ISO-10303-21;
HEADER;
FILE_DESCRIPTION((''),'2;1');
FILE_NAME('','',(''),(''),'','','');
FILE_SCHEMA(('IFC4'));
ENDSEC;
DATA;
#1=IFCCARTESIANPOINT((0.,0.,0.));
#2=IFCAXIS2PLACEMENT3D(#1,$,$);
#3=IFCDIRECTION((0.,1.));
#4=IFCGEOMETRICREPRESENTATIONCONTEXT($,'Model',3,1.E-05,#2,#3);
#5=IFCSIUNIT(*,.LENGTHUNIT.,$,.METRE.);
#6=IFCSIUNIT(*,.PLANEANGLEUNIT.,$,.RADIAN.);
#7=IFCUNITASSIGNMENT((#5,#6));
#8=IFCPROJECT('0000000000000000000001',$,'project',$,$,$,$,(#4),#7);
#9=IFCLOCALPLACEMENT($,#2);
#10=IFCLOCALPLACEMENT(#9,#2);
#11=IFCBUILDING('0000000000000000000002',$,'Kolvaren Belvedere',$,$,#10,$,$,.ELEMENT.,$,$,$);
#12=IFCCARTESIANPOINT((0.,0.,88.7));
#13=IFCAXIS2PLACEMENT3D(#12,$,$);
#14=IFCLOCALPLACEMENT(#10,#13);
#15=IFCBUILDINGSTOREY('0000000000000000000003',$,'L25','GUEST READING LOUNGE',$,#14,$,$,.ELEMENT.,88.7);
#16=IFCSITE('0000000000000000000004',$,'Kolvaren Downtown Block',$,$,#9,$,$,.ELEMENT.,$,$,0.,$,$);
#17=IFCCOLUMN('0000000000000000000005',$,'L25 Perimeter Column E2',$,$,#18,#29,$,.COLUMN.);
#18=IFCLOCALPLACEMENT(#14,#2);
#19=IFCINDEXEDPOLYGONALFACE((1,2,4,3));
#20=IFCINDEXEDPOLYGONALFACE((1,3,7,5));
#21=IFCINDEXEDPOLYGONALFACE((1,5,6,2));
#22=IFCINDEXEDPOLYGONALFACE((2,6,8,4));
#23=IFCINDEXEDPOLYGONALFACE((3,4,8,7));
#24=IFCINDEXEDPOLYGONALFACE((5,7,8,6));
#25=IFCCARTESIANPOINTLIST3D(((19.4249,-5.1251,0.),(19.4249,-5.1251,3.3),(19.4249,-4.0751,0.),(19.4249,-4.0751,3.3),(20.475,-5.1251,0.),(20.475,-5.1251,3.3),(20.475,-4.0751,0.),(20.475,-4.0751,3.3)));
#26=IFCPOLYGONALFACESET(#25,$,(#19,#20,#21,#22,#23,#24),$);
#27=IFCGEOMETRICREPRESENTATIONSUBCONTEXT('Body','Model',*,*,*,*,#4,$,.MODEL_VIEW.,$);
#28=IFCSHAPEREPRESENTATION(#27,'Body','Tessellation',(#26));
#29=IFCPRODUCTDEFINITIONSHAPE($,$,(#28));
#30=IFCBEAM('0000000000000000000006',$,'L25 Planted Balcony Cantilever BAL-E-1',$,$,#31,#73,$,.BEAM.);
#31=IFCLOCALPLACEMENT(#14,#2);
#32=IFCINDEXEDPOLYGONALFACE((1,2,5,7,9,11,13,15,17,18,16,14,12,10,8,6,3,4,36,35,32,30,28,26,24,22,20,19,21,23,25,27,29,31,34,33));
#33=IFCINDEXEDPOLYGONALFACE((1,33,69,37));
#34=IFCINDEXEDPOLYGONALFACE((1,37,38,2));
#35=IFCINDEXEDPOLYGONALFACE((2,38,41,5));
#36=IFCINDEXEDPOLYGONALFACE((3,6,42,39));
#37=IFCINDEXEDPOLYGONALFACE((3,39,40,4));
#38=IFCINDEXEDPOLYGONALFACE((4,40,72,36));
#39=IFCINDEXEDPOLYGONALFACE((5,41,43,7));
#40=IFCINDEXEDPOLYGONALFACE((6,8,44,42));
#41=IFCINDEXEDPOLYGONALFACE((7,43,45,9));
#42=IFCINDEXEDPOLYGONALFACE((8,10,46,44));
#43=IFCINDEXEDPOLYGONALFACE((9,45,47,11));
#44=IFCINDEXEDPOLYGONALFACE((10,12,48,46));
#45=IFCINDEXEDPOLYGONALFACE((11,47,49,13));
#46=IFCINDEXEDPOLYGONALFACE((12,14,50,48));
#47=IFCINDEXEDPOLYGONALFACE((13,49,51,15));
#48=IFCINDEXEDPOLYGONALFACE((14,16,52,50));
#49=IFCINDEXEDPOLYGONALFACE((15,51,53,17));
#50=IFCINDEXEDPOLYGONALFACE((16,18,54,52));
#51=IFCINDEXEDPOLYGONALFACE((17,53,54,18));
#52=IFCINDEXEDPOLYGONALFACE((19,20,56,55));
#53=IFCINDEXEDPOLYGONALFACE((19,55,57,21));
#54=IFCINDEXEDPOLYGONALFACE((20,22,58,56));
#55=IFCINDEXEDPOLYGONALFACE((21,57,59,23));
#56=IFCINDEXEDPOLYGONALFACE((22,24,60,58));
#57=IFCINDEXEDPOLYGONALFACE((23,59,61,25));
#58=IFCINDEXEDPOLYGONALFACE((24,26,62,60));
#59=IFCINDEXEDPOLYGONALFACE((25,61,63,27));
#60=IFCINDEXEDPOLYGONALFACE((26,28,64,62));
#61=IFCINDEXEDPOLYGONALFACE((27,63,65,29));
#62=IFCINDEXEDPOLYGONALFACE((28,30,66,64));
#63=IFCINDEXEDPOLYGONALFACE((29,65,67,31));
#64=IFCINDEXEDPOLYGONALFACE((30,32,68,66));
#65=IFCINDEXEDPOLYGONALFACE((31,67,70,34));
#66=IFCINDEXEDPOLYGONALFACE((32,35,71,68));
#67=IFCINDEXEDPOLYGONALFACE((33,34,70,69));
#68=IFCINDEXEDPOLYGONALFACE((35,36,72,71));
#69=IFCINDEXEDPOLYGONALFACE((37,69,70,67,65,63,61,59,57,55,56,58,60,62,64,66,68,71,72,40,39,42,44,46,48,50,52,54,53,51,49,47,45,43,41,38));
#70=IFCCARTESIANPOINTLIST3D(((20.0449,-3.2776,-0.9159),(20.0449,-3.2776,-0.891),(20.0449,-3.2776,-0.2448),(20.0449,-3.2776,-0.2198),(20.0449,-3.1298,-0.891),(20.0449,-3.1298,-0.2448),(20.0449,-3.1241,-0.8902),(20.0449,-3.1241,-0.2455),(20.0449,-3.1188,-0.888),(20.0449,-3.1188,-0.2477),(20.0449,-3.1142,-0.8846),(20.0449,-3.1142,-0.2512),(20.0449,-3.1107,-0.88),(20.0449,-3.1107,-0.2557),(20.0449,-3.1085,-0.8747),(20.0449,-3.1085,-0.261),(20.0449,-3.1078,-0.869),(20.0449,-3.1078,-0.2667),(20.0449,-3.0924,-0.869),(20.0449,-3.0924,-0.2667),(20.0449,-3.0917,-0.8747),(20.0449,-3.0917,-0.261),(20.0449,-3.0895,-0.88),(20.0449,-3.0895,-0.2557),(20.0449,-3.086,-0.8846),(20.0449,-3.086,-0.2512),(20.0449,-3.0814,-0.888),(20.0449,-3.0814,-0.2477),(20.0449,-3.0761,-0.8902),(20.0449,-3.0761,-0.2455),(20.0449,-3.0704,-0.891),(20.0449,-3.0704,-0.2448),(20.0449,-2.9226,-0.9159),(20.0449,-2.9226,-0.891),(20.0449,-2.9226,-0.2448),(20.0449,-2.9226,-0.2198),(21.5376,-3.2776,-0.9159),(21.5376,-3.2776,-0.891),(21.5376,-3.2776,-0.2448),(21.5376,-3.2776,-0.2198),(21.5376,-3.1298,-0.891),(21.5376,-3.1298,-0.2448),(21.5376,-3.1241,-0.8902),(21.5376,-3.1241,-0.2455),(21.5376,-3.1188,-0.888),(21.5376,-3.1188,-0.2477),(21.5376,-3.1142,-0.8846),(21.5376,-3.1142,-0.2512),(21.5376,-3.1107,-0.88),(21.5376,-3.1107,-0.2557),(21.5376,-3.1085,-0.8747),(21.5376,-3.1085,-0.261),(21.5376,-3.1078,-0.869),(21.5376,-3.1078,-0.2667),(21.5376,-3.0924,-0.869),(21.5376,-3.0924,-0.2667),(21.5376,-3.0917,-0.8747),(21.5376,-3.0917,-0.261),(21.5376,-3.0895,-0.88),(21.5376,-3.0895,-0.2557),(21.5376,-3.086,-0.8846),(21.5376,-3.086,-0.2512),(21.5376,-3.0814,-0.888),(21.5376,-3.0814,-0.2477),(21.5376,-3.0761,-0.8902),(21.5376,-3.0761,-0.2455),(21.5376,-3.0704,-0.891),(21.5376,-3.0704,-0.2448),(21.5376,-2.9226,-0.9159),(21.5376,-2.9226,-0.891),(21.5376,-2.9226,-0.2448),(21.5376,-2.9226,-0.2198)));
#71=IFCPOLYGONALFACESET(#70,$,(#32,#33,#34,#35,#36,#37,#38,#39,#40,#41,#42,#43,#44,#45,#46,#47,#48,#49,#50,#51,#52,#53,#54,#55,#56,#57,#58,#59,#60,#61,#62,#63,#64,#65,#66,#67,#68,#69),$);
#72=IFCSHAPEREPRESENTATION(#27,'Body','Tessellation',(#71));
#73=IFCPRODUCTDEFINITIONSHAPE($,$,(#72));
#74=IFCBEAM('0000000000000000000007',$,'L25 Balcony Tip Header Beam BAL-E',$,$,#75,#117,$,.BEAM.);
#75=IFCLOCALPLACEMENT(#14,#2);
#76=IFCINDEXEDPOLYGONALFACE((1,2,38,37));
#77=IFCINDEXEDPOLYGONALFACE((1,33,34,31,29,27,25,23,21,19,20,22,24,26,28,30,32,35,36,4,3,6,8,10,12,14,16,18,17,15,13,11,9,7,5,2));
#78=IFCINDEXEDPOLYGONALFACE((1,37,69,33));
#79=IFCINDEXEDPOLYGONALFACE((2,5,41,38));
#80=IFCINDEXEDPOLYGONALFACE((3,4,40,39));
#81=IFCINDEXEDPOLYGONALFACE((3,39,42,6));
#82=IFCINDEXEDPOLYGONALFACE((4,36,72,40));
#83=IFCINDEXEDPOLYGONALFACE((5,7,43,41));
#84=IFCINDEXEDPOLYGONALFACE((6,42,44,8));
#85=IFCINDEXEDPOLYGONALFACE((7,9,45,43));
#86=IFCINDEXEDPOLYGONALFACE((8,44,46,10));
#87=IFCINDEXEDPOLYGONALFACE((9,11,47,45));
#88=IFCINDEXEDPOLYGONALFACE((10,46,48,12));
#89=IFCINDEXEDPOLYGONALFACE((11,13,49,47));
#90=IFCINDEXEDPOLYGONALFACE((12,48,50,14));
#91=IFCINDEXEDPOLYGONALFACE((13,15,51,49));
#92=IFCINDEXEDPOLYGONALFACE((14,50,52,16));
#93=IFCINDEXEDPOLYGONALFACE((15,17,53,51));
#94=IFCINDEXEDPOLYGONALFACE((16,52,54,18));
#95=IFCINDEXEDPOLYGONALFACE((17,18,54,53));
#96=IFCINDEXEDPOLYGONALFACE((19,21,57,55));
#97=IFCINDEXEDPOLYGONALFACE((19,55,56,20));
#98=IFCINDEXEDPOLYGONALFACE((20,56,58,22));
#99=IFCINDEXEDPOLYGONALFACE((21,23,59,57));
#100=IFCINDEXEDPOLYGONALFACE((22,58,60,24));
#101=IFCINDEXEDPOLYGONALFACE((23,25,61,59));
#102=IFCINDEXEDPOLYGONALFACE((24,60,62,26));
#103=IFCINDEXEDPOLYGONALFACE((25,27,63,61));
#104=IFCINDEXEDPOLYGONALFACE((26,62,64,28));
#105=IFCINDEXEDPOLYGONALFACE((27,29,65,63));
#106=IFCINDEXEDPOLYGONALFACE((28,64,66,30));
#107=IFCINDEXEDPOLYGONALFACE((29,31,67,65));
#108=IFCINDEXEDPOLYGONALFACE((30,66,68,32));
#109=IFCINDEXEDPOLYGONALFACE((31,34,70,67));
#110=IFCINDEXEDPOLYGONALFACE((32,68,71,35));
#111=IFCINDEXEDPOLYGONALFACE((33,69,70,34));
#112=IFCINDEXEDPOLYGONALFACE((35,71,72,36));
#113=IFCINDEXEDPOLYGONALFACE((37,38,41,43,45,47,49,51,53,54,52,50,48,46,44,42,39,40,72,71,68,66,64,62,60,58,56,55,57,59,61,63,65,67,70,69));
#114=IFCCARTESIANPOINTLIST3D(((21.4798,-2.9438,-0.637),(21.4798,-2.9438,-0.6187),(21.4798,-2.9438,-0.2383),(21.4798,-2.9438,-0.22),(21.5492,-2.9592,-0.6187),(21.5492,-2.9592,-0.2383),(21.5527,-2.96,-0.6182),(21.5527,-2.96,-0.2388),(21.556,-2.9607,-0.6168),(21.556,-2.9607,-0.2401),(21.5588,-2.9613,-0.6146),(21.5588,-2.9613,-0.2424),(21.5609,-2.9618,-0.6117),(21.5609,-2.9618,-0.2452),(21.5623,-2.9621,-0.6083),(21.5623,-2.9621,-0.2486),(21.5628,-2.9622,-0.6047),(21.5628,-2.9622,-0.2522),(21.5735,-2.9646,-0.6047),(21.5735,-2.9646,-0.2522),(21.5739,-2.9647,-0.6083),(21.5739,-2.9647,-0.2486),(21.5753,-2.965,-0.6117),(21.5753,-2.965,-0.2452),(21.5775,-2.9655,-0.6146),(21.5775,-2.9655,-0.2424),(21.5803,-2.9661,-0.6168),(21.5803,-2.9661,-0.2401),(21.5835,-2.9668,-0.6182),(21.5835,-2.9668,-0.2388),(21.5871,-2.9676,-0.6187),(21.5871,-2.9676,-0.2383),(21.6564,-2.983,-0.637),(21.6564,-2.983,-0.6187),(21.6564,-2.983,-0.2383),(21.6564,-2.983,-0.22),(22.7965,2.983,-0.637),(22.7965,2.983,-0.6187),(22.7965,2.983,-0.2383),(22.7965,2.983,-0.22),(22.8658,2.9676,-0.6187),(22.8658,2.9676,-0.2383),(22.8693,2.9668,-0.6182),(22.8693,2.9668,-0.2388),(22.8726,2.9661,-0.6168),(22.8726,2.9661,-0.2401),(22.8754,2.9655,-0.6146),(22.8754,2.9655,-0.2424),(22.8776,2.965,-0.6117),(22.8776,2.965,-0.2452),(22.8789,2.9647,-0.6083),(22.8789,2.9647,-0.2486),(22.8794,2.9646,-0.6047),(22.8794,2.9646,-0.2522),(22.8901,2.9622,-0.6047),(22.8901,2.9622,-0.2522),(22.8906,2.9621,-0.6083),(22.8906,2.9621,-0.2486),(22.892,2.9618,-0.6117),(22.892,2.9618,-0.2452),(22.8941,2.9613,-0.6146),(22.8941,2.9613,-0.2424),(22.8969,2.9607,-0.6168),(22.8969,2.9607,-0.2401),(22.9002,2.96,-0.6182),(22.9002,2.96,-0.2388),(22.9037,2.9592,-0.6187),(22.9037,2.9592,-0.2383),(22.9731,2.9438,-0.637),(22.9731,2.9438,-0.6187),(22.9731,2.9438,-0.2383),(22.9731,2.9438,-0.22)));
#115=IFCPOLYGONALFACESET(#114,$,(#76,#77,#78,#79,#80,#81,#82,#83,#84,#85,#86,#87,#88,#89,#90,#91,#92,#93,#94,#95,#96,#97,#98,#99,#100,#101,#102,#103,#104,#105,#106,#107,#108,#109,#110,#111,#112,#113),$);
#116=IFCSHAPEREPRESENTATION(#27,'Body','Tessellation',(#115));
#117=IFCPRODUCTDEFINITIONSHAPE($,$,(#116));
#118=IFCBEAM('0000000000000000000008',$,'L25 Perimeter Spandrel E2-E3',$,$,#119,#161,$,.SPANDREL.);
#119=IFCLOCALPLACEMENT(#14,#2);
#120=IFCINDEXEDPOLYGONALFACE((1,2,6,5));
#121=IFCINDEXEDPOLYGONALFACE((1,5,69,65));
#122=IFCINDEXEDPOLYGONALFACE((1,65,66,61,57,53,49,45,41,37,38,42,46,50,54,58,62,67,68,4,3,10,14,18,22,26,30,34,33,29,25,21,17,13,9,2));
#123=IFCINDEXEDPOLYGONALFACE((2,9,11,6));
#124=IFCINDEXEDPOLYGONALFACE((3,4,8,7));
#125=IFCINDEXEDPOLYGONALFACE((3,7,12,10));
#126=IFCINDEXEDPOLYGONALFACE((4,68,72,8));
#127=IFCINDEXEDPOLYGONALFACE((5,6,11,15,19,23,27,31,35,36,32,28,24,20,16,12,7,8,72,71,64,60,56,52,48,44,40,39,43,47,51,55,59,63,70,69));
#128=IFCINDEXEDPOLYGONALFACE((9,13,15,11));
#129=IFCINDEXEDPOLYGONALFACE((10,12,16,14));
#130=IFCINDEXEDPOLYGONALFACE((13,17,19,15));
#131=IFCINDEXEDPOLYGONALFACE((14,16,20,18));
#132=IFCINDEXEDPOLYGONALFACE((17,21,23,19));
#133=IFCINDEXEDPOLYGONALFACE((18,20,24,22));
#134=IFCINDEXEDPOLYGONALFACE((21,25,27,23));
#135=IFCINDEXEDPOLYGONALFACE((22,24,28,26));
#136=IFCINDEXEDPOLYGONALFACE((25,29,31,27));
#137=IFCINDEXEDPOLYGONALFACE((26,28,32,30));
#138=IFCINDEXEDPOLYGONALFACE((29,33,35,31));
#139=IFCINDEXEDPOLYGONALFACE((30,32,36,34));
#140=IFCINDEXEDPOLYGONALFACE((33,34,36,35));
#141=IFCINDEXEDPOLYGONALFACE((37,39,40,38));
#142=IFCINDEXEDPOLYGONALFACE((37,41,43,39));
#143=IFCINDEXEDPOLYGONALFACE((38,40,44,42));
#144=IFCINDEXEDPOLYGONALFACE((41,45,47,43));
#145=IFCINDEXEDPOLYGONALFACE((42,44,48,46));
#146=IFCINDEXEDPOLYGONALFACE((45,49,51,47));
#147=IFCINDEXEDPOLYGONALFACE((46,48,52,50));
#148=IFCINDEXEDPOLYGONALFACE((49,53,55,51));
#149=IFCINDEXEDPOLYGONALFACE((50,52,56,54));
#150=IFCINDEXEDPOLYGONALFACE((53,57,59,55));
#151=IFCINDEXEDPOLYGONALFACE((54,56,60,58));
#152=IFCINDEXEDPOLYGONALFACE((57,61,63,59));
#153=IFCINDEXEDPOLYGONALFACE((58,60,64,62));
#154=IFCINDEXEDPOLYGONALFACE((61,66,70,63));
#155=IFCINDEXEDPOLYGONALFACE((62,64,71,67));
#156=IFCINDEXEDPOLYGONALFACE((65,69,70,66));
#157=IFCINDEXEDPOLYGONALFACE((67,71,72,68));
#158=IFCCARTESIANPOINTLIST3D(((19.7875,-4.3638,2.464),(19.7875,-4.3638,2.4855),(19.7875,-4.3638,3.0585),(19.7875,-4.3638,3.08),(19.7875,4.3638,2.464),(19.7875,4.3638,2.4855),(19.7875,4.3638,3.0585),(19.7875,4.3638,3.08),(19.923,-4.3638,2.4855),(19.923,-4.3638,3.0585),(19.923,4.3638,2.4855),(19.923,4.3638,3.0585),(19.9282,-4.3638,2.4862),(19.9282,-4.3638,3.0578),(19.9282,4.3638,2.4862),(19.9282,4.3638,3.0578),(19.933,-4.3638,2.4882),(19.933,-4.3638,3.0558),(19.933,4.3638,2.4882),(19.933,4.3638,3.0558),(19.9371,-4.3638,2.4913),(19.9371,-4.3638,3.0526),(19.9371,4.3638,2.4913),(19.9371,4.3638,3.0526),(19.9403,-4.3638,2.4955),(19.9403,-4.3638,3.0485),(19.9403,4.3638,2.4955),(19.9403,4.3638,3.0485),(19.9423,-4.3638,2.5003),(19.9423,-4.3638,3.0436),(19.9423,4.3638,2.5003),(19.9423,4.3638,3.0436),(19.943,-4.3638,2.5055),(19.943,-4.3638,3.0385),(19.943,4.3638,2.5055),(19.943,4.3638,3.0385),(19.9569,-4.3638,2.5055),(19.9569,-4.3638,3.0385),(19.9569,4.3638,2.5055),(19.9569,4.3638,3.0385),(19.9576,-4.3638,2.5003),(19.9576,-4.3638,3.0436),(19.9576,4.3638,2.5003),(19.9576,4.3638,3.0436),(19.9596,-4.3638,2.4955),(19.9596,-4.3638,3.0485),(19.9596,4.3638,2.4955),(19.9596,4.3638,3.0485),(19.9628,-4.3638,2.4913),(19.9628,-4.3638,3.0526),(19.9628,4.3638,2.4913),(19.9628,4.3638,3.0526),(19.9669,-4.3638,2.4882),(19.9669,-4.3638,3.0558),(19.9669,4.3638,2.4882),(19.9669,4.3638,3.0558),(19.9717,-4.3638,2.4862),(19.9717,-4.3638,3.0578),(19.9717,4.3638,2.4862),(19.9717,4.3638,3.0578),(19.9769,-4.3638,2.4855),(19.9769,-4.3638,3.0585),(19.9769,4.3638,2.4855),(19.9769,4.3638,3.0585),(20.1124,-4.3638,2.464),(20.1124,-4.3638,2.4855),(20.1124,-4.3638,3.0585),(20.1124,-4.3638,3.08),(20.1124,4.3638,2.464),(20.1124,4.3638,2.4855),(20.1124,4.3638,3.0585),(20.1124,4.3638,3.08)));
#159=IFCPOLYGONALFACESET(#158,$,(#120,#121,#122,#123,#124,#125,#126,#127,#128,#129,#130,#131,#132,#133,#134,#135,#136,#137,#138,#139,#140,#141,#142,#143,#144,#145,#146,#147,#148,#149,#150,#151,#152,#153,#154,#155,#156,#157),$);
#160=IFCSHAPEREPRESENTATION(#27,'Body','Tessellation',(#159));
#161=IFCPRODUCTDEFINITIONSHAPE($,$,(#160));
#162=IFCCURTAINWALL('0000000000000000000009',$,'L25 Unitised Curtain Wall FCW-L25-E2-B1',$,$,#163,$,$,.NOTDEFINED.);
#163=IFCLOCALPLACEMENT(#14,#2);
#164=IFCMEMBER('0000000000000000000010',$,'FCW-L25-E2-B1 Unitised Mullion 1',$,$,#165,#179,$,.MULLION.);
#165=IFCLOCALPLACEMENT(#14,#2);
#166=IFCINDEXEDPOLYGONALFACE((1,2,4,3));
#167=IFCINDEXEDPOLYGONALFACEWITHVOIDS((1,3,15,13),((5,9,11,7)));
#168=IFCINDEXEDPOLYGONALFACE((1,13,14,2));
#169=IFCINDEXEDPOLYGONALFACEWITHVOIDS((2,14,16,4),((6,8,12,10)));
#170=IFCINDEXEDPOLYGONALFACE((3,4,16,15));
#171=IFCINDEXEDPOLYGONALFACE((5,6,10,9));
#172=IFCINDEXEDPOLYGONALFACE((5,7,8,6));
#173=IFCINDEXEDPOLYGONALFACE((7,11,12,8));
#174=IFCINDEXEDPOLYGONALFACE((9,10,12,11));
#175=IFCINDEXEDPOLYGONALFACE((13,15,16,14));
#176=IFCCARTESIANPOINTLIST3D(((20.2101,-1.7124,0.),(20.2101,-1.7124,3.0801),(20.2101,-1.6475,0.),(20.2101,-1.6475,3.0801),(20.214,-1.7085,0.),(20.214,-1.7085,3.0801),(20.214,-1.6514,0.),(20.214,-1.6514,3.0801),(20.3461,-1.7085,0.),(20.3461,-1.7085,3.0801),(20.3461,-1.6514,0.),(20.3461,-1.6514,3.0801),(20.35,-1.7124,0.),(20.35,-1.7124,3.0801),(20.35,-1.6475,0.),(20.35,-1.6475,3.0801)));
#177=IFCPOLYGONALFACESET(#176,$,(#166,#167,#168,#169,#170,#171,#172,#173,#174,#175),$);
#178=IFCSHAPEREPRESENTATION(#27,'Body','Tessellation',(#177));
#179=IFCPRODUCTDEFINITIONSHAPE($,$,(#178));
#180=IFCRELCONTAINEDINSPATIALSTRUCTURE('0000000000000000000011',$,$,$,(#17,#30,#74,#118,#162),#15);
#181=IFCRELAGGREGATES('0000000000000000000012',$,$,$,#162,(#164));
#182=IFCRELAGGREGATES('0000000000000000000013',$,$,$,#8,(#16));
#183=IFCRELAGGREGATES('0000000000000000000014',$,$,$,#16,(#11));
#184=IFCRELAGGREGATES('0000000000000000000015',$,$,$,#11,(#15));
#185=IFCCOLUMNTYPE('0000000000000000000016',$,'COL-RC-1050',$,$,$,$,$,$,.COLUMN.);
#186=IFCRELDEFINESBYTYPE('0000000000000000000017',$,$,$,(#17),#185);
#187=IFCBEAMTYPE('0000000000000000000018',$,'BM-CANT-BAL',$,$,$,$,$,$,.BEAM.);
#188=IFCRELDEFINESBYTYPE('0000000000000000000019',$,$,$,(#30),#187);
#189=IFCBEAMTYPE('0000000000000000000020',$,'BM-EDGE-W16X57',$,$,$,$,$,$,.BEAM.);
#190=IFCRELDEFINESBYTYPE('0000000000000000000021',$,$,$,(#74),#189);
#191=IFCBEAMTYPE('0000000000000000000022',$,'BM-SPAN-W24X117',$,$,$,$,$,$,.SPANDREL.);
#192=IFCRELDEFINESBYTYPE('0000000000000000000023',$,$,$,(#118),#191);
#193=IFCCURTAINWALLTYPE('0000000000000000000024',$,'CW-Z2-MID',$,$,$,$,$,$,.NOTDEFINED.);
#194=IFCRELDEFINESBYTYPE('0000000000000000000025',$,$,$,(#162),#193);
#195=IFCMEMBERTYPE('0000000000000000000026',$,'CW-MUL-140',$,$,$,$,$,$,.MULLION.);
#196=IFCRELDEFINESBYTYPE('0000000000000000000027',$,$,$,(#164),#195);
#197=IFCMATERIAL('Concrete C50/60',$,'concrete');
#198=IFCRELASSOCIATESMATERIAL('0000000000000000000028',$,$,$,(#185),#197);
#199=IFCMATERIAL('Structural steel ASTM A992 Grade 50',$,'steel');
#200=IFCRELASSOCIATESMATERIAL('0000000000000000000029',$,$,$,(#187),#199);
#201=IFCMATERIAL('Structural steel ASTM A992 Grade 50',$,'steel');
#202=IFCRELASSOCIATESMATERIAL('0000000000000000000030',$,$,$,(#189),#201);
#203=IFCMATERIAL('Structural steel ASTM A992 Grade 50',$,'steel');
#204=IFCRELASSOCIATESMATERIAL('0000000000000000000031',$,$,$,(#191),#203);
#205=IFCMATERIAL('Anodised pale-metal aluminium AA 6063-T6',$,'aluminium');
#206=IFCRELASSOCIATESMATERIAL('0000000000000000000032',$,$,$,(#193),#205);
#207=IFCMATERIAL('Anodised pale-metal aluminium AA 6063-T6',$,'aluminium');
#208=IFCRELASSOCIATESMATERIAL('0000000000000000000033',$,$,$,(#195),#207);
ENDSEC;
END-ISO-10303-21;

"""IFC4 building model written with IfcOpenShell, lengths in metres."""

from ifc_helpers import new_model, si_unit, direction, frame, origin, origin_2d, place, context, subcontext, project, spatial, rectangle, hollow_rectangle, i_section, extrude, material, material_profile, profile_set, type_object, element, aggregate, save


model = new_model("IFC4")

# Units and contexts
model_context = context("Model", 3, precision=1e-05, world=origin(), true_north=direction((0.0, 1.0)))
body_context = subcontext(model_context, "Body", "Model", "MODEL_VIEW")
ifc_project = project(units=[si_unit("LENGTHUNIT", "METRE"), si_unit("PLANEANGLEUNIT", "RADIAN")], contexts=[model_context])

# Site, building, storey
site_placement = place(None, origin())
site = spatial("IfcSite", under=ifc_project, at=site_placement, Name="Kolvaren Downtown Block", CompositionType="ELEMENT", RefElevation=0.0)
building_placement = place(site_placement, origin())
building = spatial("IfcBuilding", under=site, at=building_placement, Name="Kolvaren Belvedere", CompositionType="ELEMENT")
storey_placement = place(building_placement, frame((0.0, 0.0, 88.7)))
storey = spatial("IfcBuildingStorey", under=building, at=storey_placement, Name="L25", Description="GUEST READING LOUNGE", CompositionType="ELEMENT", Elevation=88.7)

# Column
ifc_material_1 = material(Name="Concrete C50/60", Category="concrete")
ifc_material_profile_1 = material_profile(ifc_material_1, rectangle(XDim=1.05, YDim=1.05, at=origin_2d()), Name="RC 1050X1050")
ifc_profile_set_1 = profile_set([ifc_material_profile_1], Name="Concrete C50/60")
column_type = type_object("IfcColumnType", Name="COL-RC-1050", PredefinedType="COLUMN", material=ifc_profile_set_1)
column_placement = place(storey_placement, frame((19.95, -4.6001, 0.0), z_axis=(0.0, 0.0, 1.0), x_axis=(1.0, 0.0, 0.0)))
element("IfcColumn", 1, at=column_placement, inside=storey, type_object=column_type, Name="L25 Perimeter Column E2", PredefinedType="COLUMN", context=body_context, shape_type="SweptSolid", body=[
    extrude(rectangle(XDim=1.05, YDim=1.05, at=origin_2d()), origin(), (0.0, 0.0, 1.0), 3.3),
])

# Beams
ifc_material_2 = material(Name="Structural steel ASTM A992 Grade 50", Category="steel")
ifc_material_profile_2 = material_profile(ifc_material_2, i_section(OverallWidth=0.355, OverallDepth=0.696, WebThickness=0.0154, FlangeThickness=0.0249, FilletRadius=0.022, at=origin_2d()), Name="W27X146")
ifc_profile_set_2 = profile_set([ifc_material_profile_2], Name="Structural steel ASTM A992 Grade 50")
beam_type_1 = type_object("IfcBeamType", Name="BM-CANT-BAL", PredefinedType="BEAM", material=ifc_profile_set_2)
beam_1_placement = place(storey_placement, frame((20.0449, -3.1001, -0.5679), z_axis=(1.0, 0.0, 0.0), x_axis=(0.0, 1.0, 0.0)))
element("IfcBeam", 2, at=beam_1_placement, inside=storey, type_object=beam_type_1, Name="L25 Planted Balcony Cantilever BAL-E-1", PredefinedType="BEAM", context=body_context, shape_type="SweptSolid", body=[
    extrude(i_section(OverallWidth=0.355, OverallDepth=0.696, WebThickness=0.0154, FlangeThickness=0.0249, FilletRadius=0.022, at=origin_2d()), origin(), (0.0, 0.0, 1.0), 1.4927),
])
ifc_material_3 = material(Name="Structural steel ASTM A992 Grade 50", Category="steel")
ifc_material_profile_3 = material_profile(ifc_material_3, i_section(OverallWidth=0.1809, OverallDepth=0.417, WebThickness=0.011, FlangeThickness=0.0183, FilletRadius=0.0139, at=origin_2d()), Name="W16X57")
ifc_profile_set_3 = profile_set([ifc_material_profile_3], Name="Structural steel ASTM A992 Grade 50")
beam_type_2 = type_object("IfcBeamType", Name="BM-EDGE-W16X57", PredefinedType="BEAM", material=ifc_profile_set_3)
beam_2_placement = place(storey_placement, frame((21.5681, -2.9634, -0.4285), z_axis=(0.216867, 0.976201, 0.0), x_axis=(-0.976201, 0.216867, 0.0)))
element("IfcBeam", 3, at=beam_2_placement, inside=storey, type_object=beam_type_2, Name="L25 Balcony Tip Header Beam BAL-E", PredefinedType="BEAM", context=body_context, shape_type="SweptSolid", body=[
    extrude(i_section(OverallWidth=0.1809, OverallDepth=0.417, WebThickness=0.011, FlangeThickness=0.0183, FilletRadius=0.0139, at=origin_2d()), origin(), (0.0, 0.0, 1.0), 6.0713),
])
ifc_material_4 = material(Name="Structural steel ASTM A992 Grade 50", Category="steel")
ifc_material_profile_4 = material_profile(ifc_material_4, i_section(OverallWidth=0.325, OverallDepth=0.616, WebThickness=0.0139, FlangeThickness=0.0215, FilletRadius=0.02, at=origin_2d()), Name="W24X117")
ifc_profile_set_4 = profile_set([ifc_material_profile_4], Name="Structural steel ASTM A992 Grade 50")
beam_type_3 = type_object("IfcBeamType", Name="BM-SPAN-W24X117", PredefinedType="SPANDREL", material=ifc_profile_set_4)
beam_3_placement = place(storey_placement, frame((19.95, -4.3638, 2.772), z_axis=(0.0, 1.0, 0.0), x_axis=(-1.0, 0.0, 0.0)))
element("IfcBeam", 4, at=beam_3_placement, inside=storey, type_object=beam_type_3, Name="L25 Perimeter Spandrel E2-E3", PredefinedType="SPANDREL", context=body_context, shape_type="SweptSolid", body=[
    extrude(i_section(OverallWidth=0.325, OverallDepth=0.616, WebThickness=0.0139, FlangeThickness=0.0215, FilletRadius=0.02, at=origin_2d()), origin(), (0.0, 0.0, 1.0), 8.7275),
])

# Curtain wall, member
ifc_material_5 = material(Name="Anodised pale-metal aluminium AA 6063-T6", Category="aluminium")
curtain_wall_type = type_object("IfcCurtainWallType", Name="CW-Z2-MID", PredefinedType="NOTDEFINED", material=ifc_material_5)
curtain_wall_1_placement = place(storey_placement, origin())
curtain_wall_1 = element("IfcCurtainWall", 5, at=curtain_wall_1_placement, inside=storey, type_object=curtain_wall_type, Name="L25 Unitised Curtain Wall FCW-L25-E2-B1", PredefinedType="NOTDEFINED")
ifc_material_6 = material(Name="Anodised pale-metal aluminium AA 6063-T6", Category="aluminium")
ifc_material_profile_5 = material_profile(ifc_material_6, hollow_rectangle(XDim=0.0649, YDim=0.1399, WallThickness=0.0039, at=origin_2d()), Name="ALU-MUL-140X65")
ifc_profile_set_5 = profile_set([ifc_material_profile_5], Name="Anodised pale-metal aluminium AA 6063-T6")
member_type_1 = type_object("IfcMemberType", Name="CW-MUL-140", PredefinedType="MULLION", material=ifc_profile_set_5)
member_1_placement = place(storey_placement, frame((20.28, -1.6799, 0.0), z_axis=(0.0, 0.0, 1.0), x_axis=(0.0, 1.0, 0.0)))
member_1 = element("IfcMember", 6, at=member_1_placement, type_object=member_type_1, Name="FCW-L25-E2-B1 Unitised Mullion 1", PredefinedType="MULLION", context=body_context, shape_type="SweptSolid", body=[
    extrude(hollow_rectangle(XDim=0.0649, YDim=0.1399, WallThickness=0.0039, at=origin_2d()), origin(), (0.0, 0.0, 1.0), 3.0801),
])

aggregate(curtain_wall_1, [member_1])

save(model, "model.ifc")
